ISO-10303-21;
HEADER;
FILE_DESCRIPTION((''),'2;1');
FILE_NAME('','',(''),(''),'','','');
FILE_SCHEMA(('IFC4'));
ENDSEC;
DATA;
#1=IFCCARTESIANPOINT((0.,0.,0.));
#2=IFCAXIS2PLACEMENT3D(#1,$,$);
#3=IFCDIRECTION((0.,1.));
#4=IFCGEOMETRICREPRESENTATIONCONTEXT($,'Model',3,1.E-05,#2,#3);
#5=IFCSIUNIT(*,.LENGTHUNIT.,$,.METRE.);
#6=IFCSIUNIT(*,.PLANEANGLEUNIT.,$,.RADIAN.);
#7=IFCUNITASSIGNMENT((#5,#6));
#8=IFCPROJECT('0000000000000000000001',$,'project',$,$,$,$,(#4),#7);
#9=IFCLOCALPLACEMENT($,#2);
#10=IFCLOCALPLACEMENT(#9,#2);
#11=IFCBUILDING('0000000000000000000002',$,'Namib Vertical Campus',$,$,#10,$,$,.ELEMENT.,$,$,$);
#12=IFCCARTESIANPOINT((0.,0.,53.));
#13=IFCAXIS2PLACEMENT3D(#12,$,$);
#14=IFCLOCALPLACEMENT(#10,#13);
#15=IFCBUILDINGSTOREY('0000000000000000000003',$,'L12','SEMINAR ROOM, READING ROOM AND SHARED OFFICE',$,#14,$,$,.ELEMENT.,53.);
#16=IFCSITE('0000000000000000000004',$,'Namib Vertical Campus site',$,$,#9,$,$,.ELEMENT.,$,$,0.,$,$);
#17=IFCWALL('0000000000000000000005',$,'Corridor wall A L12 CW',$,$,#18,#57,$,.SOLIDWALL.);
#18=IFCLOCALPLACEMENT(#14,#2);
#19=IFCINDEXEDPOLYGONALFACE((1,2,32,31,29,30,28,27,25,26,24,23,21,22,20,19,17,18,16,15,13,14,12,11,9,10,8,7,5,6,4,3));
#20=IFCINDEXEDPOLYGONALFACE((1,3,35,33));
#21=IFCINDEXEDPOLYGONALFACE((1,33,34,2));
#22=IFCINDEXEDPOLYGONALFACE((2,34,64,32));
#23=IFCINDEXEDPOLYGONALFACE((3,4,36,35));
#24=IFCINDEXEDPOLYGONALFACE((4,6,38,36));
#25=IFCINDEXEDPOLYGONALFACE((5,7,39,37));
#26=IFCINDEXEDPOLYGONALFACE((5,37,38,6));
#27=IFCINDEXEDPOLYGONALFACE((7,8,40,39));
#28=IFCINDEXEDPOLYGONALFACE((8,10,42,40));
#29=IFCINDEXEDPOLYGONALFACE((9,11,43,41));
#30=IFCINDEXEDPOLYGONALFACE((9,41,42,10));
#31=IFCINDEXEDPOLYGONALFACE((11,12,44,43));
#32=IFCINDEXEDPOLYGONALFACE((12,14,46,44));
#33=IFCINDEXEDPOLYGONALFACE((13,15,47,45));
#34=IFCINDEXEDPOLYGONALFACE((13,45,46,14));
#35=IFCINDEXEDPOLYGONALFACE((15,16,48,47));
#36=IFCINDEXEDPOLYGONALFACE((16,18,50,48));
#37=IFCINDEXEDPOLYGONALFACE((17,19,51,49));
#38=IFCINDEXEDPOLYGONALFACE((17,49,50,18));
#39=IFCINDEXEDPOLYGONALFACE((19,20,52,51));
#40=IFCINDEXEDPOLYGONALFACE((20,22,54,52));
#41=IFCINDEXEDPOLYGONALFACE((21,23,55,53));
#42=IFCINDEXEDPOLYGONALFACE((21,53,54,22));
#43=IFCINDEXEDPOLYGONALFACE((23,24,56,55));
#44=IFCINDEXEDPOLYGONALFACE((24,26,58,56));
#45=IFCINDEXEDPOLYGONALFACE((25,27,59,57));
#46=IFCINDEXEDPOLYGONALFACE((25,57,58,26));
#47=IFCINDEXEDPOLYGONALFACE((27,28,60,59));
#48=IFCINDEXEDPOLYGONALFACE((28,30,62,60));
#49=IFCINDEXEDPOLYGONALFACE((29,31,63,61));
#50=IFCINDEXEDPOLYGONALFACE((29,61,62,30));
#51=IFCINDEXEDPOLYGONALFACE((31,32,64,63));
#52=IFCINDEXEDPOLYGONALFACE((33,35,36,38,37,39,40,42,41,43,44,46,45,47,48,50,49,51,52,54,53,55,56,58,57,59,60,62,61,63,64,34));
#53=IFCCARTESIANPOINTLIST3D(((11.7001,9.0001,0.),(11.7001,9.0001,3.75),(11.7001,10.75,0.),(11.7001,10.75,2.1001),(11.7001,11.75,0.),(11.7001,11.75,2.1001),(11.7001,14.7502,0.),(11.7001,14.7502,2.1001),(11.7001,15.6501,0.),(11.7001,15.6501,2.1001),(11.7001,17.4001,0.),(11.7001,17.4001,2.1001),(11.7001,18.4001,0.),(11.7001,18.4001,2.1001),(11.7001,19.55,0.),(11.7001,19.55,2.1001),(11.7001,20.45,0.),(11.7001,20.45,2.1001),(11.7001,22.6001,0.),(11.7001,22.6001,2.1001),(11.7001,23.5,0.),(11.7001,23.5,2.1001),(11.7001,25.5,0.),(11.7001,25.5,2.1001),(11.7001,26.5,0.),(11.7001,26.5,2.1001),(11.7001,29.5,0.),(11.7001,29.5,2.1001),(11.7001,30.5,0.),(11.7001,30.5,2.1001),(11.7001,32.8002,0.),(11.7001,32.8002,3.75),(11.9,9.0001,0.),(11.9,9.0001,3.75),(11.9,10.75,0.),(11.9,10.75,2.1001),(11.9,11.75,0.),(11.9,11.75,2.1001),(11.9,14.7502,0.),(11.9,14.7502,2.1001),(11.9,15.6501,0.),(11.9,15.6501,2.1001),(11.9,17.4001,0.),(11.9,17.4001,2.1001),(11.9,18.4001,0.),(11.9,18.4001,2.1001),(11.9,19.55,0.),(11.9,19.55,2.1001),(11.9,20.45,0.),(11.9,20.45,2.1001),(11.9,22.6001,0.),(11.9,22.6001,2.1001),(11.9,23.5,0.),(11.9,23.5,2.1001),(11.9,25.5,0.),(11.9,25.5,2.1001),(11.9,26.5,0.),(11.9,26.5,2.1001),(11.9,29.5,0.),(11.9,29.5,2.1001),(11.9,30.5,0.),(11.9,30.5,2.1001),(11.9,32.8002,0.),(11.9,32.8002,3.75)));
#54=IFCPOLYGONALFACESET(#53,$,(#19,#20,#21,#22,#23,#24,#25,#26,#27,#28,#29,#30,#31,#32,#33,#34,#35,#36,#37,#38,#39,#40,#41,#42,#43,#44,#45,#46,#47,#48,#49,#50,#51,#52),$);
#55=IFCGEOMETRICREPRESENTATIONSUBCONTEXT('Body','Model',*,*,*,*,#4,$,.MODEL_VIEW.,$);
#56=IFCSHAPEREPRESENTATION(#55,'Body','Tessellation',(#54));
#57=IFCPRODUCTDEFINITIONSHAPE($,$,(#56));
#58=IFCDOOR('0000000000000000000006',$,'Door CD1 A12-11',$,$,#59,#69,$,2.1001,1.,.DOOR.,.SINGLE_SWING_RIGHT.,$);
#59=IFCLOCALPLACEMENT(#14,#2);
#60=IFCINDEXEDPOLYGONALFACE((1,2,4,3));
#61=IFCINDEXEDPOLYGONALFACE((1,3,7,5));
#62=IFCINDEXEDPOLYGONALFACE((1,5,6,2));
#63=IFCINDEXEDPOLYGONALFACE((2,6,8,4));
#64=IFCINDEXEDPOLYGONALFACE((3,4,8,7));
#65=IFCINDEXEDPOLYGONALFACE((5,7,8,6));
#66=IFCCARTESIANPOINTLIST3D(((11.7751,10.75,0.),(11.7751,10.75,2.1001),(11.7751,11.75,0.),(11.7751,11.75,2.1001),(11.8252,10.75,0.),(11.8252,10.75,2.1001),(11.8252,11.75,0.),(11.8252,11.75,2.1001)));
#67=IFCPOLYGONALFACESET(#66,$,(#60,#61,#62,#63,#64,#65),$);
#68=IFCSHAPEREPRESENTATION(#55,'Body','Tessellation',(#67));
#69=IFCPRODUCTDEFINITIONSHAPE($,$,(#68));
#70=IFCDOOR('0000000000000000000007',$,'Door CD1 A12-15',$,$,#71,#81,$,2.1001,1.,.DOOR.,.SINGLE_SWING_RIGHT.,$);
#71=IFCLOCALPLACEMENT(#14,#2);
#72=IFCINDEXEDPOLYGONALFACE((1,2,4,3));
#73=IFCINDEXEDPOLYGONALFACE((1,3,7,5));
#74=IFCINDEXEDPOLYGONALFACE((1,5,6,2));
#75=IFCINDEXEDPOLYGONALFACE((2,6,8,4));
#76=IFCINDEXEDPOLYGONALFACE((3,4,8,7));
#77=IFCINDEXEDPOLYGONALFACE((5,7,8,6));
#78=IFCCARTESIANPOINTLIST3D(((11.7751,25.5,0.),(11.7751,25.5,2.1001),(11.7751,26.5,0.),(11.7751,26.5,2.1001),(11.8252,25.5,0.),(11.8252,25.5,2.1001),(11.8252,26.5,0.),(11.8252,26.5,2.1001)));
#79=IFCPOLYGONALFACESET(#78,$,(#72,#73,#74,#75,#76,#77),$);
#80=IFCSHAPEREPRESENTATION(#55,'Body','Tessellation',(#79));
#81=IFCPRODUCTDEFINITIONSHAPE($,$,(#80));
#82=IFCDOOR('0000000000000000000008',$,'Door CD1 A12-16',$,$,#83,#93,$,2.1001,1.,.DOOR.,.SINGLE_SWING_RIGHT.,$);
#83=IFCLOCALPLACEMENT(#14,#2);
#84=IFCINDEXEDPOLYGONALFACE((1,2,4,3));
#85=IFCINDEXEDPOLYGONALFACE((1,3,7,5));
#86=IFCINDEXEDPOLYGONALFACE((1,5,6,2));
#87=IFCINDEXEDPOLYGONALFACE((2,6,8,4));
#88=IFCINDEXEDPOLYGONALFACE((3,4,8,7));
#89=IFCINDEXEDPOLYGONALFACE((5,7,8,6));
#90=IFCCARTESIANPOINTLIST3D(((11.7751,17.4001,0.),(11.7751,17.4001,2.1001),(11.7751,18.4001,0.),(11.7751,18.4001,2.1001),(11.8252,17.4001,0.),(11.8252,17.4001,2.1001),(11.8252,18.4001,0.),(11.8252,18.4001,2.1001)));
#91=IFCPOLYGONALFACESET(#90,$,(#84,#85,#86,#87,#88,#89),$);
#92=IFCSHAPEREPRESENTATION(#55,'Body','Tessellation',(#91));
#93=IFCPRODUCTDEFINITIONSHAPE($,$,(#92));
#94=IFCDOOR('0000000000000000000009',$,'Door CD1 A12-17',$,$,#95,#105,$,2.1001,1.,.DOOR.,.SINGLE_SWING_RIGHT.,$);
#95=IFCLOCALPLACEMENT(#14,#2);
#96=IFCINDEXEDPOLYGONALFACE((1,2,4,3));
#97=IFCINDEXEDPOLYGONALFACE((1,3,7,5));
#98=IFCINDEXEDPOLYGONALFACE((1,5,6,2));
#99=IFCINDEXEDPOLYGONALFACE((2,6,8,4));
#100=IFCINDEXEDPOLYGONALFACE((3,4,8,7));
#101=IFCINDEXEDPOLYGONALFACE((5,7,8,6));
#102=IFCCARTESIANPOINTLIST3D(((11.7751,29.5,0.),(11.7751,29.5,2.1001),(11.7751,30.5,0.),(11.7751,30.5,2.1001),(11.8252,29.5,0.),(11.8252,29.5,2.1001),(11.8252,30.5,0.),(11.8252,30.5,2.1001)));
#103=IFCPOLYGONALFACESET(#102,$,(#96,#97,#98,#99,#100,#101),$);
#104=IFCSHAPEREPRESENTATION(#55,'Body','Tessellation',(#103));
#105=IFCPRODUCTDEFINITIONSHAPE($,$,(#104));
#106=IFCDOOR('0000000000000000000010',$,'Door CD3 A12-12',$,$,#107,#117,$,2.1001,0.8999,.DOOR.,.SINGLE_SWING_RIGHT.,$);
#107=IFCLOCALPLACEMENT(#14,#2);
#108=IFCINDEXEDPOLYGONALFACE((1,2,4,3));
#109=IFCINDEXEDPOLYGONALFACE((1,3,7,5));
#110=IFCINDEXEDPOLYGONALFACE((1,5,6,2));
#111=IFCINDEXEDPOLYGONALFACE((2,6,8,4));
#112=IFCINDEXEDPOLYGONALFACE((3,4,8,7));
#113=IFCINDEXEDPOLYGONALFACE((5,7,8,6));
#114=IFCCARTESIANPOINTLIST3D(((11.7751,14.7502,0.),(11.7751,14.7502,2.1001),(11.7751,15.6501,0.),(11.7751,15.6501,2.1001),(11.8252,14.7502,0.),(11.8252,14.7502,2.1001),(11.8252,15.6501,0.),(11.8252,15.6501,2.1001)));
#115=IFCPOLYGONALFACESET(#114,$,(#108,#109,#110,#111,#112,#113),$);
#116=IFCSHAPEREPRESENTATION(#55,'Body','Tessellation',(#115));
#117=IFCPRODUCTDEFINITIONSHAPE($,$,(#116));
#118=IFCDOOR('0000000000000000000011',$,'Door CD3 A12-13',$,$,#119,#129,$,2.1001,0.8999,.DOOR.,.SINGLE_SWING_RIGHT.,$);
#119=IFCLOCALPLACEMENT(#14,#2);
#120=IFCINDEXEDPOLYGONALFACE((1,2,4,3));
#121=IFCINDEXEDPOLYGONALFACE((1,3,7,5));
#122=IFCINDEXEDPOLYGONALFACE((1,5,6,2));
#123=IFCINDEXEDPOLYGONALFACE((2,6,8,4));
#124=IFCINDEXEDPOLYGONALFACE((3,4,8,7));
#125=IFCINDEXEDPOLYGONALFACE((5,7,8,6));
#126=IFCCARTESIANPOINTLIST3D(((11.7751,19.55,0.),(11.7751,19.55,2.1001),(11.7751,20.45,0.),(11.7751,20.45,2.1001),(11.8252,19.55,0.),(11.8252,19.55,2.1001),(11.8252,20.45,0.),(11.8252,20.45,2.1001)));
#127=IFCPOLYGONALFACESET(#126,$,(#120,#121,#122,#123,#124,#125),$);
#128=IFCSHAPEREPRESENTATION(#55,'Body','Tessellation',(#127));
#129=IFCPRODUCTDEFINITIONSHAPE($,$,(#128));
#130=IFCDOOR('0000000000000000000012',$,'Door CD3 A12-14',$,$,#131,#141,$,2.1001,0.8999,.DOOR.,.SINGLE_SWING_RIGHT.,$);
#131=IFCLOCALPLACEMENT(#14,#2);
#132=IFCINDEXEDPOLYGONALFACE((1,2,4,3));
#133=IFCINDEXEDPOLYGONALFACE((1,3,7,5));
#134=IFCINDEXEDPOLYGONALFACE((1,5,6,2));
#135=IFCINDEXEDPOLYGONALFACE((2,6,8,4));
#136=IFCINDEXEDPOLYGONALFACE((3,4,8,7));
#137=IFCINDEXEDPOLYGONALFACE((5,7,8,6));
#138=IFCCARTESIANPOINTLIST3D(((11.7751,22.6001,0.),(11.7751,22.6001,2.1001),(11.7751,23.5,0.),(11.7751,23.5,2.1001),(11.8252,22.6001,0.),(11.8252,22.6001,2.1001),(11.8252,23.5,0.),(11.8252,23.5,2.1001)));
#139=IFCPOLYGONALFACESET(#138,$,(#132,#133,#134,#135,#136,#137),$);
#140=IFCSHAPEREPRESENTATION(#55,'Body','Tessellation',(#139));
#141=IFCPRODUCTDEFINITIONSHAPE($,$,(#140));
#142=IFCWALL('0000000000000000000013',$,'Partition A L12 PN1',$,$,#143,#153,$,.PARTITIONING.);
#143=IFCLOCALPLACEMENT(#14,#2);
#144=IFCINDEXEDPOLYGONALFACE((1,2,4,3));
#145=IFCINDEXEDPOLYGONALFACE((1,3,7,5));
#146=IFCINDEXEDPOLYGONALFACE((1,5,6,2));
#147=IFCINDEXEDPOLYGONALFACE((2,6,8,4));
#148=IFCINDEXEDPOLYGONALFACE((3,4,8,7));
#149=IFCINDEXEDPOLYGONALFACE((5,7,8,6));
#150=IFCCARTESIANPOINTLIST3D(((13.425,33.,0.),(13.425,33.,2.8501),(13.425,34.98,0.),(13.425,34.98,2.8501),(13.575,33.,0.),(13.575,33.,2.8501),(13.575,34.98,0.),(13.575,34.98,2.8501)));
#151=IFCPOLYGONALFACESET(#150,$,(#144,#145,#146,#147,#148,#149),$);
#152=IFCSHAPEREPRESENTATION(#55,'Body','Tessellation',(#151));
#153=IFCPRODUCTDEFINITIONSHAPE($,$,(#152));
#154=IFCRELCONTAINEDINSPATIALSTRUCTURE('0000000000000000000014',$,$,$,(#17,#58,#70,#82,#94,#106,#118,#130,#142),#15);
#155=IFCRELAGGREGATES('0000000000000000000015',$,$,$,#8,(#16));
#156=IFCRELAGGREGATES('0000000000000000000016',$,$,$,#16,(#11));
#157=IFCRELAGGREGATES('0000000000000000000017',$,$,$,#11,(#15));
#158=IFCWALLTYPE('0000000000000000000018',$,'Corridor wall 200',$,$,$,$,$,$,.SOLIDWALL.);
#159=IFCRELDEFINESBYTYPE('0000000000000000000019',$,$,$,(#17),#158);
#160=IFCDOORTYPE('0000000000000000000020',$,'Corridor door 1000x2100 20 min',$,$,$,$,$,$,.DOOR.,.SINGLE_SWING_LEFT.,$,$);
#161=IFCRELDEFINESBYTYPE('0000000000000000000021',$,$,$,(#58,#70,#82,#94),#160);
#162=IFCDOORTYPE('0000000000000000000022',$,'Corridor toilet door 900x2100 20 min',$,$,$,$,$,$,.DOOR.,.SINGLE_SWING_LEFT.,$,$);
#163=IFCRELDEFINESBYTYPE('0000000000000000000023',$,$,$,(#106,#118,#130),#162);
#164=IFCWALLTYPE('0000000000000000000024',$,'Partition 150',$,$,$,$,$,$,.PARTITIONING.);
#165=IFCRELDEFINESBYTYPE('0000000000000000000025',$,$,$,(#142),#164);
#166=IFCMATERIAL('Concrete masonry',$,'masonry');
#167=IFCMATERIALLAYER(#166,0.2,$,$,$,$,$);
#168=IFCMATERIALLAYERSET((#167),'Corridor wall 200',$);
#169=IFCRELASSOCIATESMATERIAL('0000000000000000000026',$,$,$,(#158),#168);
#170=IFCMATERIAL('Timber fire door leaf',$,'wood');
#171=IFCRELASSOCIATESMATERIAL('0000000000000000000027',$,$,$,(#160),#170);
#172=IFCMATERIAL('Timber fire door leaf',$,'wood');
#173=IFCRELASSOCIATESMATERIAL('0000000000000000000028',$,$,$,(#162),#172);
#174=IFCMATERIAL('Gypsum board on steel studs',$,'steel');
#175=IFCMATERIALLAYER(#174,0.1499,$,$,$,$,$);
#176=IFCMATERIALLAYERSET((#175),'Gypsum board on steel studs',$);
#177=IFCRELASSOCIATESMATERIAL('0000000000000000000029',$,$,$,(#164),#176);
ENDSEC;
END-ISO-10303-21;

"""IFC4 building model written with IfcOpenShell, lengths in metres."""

from ifc_helpers import new_model, si_unit, direction, frame, frame_2d, origin, place, context, subcontext, project, spatial, rectangle, extrude, material, layer, layer_set, type_object, element, fill, save


model = new_model("IFC4")

# Units and contexts
model_context = context("Model", 3, precision=1e-05, world=origin(), true_north=direction((0.0, 1.0)))
body_context = subcontext(model_context, "Body", "Model", "MODEL_VIEW")
ifc_project = project(units=[si_unit("LENGTHUNIT", "METRE"), si_unit("PLANEANGLEUNIT", "RADIAN")], contexts=[model_context])

# Site, building, storey
site_placement = place(None, origin())
site = spatial("IfcSite", under=ifc_project, at=site_placement, Name="Namib Vertical Campus site", CompositionType="ELEMENT", RefElevation=0.0)
building_placement = place(site_placement, origin())
building = spatial("IfcBuilding", under=site, at=building_placement, Name="Namib Vertical Campus", CompositionType="ELEMENT")
storey_placement = place(building_placement, frame((0.0, 0.0, 53.0)))
storey = spatial("IfcBuildingStorey", under=building, at=storey_placement, Name="L12", Description="SEMINAR ROOM, READING ROOM AND SHARED OFFICE", CompositionType="ELEMENT", Elevation=53.0)

# Wall, openings, doors
ifc_material_1 = material(Name="Concrete masonry", Category="masonry")
ifc_layer_1 = layer(ifc_material_1, 0.2)
ifc_layer_set_1 = layer_set([ifc_layer_1], Name="Corridor wall 200")
wall_type_1 = type_object("IfcWallType", Name="Corridor wall 200", PredefinedType="SOLIDWALL", material=ifc_layer_set_1)
wall_1_placement = place(storey_placement, frame((11.8, 32.8, 0.0), z_axis=(0.0, 0.0, 1.0), x_axis=(0.0, -1.0, 0.0)))
wall_1 = element("IfcWall", 1, at=wall_1_placement, inside=storey, type_object=wall_type_1, Name="Corridor wall A L12 CW", PredefinedType="SOLIDWALL", context=body_context, shape_type="SweptSolid", body=[
    extrude(rectangle(XDim=23.8, YDim=0.2, at=frame_2d((11.8999, 0.0))), origin(), (0.0, 0.0, 1.0), 3.75),
])
opening_1_placement = place(wall_1_placement, frame((21.05, 0.0, 0.0)))
opening_1 = element("IfcOpeningElement", 2, at=opening_1_placement, cuts=wall_1, PredefinedType="OPENING", context=body_context, shape_type="SweptSolid", body=[
    extrude(rectangle(XDim=1.0, YDim=2.1001, at=frame_2d((0.5, 1.05))), frame((0.0, 0.1099, 0.0), z_axis=(0.0, -1.0, 0.0), x_axis=(1.0, 0.0, 0.0)), (0.0, 0.0, 1.0), 0.22),
])
opening_2_placement = place(wall_1_placement, frame((17.1499, 0.0, 0.0)))
opening_2 = element("IfcOpeningElement", 3, at=opening_2_placement, cuts=wall_1, PredefinedType="OPENING", context=body_context, shape_type="SweptSolid", body=[
    extrude(rectangle(XDim=0.8999, YDim=2.1001, at=frame_2d((0.45, 1.05))), frame((0.0, 0.1099, 0.0), z_axis=(0.0, -1.0, 0.0), x_axis=(1.0, 0.0, 0.0)), (0.0, 0.0, 1.0), 0.22),
])
opening_3_placement = place(wall_1_placement, frame((12.3501, 0.0, 0.0)))
opening_3 = element("IfcOpeningElement", 4, at=opening_3_placement, cuts=wall_1, PredefinedType="OPENING", context=body_context, shape_type="SweptSolid", body=[
    extrude(rectangle(XDim=0.8999, YDim=2.1001, at=frame_2d((0.45, 1.05))), frame((0.0, 0.1099, 0.0), z_axis=(0.0, -1.0, 0.0), x_axis=(1.0, 0.0, 0.0)), (0.0, 0.0, 1.0), 0.22),
])
opening_4_placement = place(wall_1_placement, frame((9.3, 0.0, 0.0)))
opening_4 = element("IfcOpeningElement", 5, at=opening_4_placement, cuts=wall_1, PredefinedType="OPENING", context=body_context, shape_type="SweptSolid", body=[
    extrude(rectangle(XDim=0.8999, YDim=2.1001, at=frame_2d((0.45, 1.05))), frame((0.0, 0.1099, 0.0), z_axis=(0.0, -1.0, 0.0), x_axis=(1.0, 0.0, 0.0)), (0.0, 0.0, 1.0), 0.22),
])
opening_5_placement = place(wall_1_placement, frame((6.3, 0.0, 0.0)))
opening_5 = element("IfcOpeningElement", 6, at=opening_5_placement, cuts=wall_1, PredefinedType="OPENING", context=body_context, shape_type="SweptSolid", body=[
    extrude(rectangle(XDim=1.0, YDim=2.1001, at=frame_2d((0.5, 1.05))), frame((0.0, 0.1099, 0.0), z_axis=(0.0, -1.0, 0.0), x_axis=(1.0, 0.0, 0.0)), (0.0, 0.0, 1.0), 0.22),
])
opening_6_placement = place(wall_1_placement, frame((14.3999, 0.0, 0.0)))
opening_6 = element("IfcOpeningElement", 7, at=opening_6_placement, cuts=wall_1, PredefinedType="OPENING", context=body_context, shape_type="SweptSolid", body=[
    extrude(rectangle(XDim=1.0, YDim=2.1001, at=frame_2d((0.5, 1.05))), frame((0.0, 0.1099, 0.0), z_axis=(0.0, -1.0, 0.0), x_axis=(1.0, 0.0, 0.0)), (0.0, 0.0, 1.0), 0.22),
])
opening_7_placement = place(wall_1_placement, frame((2.3, 0.0, 0.0)))
opening_7 = element("IfcOpeningElement", 8, at=opening_7_placement, cuts=wall_1, PredefinedType="OPENING", context=body_context, shape_type="SweptSolid", body=[
    extrude(rectangle(XDim=1.0, YDim=2.1001, at=frame_2d((0.5, 1.05))), frame((0.0, 0.1099, 0.0), z_axis=(0.0, -1.0, 0.0), x_axis=(1.0, 0.0, 0.0)), (0.0, 0.0, 1.0), 0.22),
])
ifc_material_2 = material(Name="Timber fire door leaf", Category="wood")
door_type_1 = type_object("IfcDoorType", Name="Corridor door 1000x2100 20 min", OperationType="SINGLE_SWING_LEFT", PredefinedType="DOOR", material=ifc_material_2)
door_1_placement = place(opening_1_placement, frame((1.0, 0.0, 0.0), z_axis=(0.0, 0.0, 1.0), x_axis=(-1.0, 0.0, 0.0)))
door_1 = element("IfcDoor", 9, at=door_1_placement, inside=storey, type_object=door_type_1, Name="Door CD1 A12-11", OperationType="SINGLE_SWING_RIGHT", OverallHeight=2.1001, OverallWidth=1.0, PredefinedType="DOOR", context=body_context, shape_type="SweptSolid", body=[
    extrude(rectangle(XDim=1.0, YDim=2.1001, at=frame_2d((0.5, 1.05))), frame((0.0, 0.0249, 0.0), z_axis=(0.0, -1.0, 0.0), x_axis=(1.0, 0.0, 0.0)), (0.0, 0.0, 1.0), 0.05),
])
fill(opening_1, door_1)
door_2_placement = place(opening_5_placement, frame((1.0, 0.0, 0.0), z_axis=(0.0, 0.0, 1.0), x_axis=(-1.0, 0.0, 0.0)))
door_2 = element("IfcDoor", 10, at=door_2_placement, inside=storey, type_object=door_type_1, Name="Door CD1 A12-15", OperationType="SINGLE_SWING_RIGHT", OverallHeight=2.1001, OverallWidth=1.0, PredefinedType="DOOR", context=body_context, shape_type="SweptSolid", body=[
    extrude(rectangle(XDim=1.0, YDim=2.1001, at=frame_2d((0.5, 1.05))), frame((0.0, 0.0249, 0.0), z_axis=(0.0, -1.0, 0.0), x_axis=(1.0, 0.0, 0.0)), (0.0, 0.0, 1.0), 0.05),
])
fill(opening_5, door_2)
door_3_placement = place(opening_6_placement, frame((1.0, 0.0, 0.0), z_axis=(0.0, 0.0, 1.0), x_axis=(-1.0, 0.0, 0.0)))
door_3 = element("IfcDoor", 11, at=door_3_placement, inside=storey, type_object=door_type_1, Name="Door CD1 A12-16", OperationType="SINGLE_SWING_RIGHT", OverallHeight=2.1001, OverallWidth=1.0, PredefinedType="DOOR", context=body_context, shape_type="SweptSolid", body=[
    extrude(rectangle(XDim=1.0, YDim=2.1001, at=frame_2d((0.5, 1.05))), frame((0.0, 0.0249, 0.0), z_axis=(0.0, -1.0, 0.0), x_axis=(1.0, 0.0, 0.0)), (0.0, 0.0, 1.0), 0.05),
])
fill(opening_6, door_3)
door_4_placement = place(opening_7_placement, frame((1.0, 0.0, 0.0), z_axis=(0.0, 0.0, 1.0), x_axis=(-1.0, 0.0, 0.0)))
door_4 = element("IfcDoor", 12, at=door_4_placement, inside=storey, type_object=door_type_1, Name="Door CD1 A12-17", OperationType="SINGLE_SWING_RIGHT", OverallHeight=2.1001, OverallWidth=1.0, PredefinedType="DOOR", context=body_context, shape_type="SweptSolid", body=[
    extrude(rectangle(XDim=1.0, YDim=2.1001, at=frame_2d((0.5, 1.05))), frame((0.0, 0.0249, 0.0), z_axis=(0.0, -1.0, 0.0), x_axis=(1.0, 0.0, 0.0)), (0.0, 0.0, 1.0), 0.05),
])
fill(opening_7, door_4)
ifc_material_3 = material(Name="Timber fire door leaf", Category="wood")
door_type_2 = type_object("IfcDoorType", Name="Corridor toilet door 900x2100 20 min", OperationType="SINGLE_SWING_LEFT", PredefinedType="DOOR", material=ifc_material_3)
door_5_placement = place(opening_2_placement, frame((0.8999, 0.0, 0.0), z_axis=(0.0, 0.0, 1.0), x_axis=(-1.0, 0.0, 0.0)))
door_5 = element("IfcDoor", 13, at=door_5_placement, inside=storey, type_object=door_type_2, Name="Door CD3 A12-12", OperationType="SINGLE_SWING_RIGHT", OverallHeight=2.1001, OverallWidth=0.8999, PredefinedType="DOOR", context=body_context, shape_type="SweptSolid", body=[
    extrude(rectangle(XDim=0.8999, YDim=2.1001, at=frame_2d((0.45, 1.05))), frame((0.0, 0.0249, 0.0), z_axis=(0.0, -1.0, 0.0), x_axis=(1.0, 0.0, 0.0)), (0.0, 0.0, 1.0), 0.05),
])
fill(opening_2, door_5)
door_6_placement = place(opening_3_placement, frame((0.8999, 0.0, 0.0), z_axis=(0.0, 0.0, 1.0), x_axis=(-1.0, 0.0, 0.0)))
door_6 = element("IfcDoor", 14, at=door_6_placement, inside=storey, type_object=door_type_2, Name="Door CD3 A12-13", OperationType="SINGLE_SWING_RIGHT", OverallHeight=2.1001, OverallWidth=0.8999, PredefinedType="DOOR", context=body_context, shape_type="SweptSolid", body=[
    extrude(rectangle(XDim=0.8999, YDim=2.1001, at=frame_2d((0.45, 1.05))), frame((0.0, 0.0249, 0.0), z_axis=(0.0, -1.0, 0.0), x_axis=(1.0, 0.0, 0.0)), (0.0, 0.0, 1.0), 0.05),
])
fill(opening_3, door_6)
door_7_placement = place(opening_4_placement, frame((0.8999, 0.0, 0.0), z_axis=(0.0, 0.0, 1.0), x_axis=(-1.0, 0.0, 0.0)))
door_7 = element("IfcDoor", 15, at=door_7_placement, inside=storey, type_object=door_type_2, Name="Door CD3 A12-14", OperationType="SINGLE_SWING_RIGHT", OverallHeight=2.1001, OverallWidth=0.8999, PredefinedType="DOOR", context=body_context, shape_type="SweptSolid", body=[
    extrude(rectangle(XDim=0.8999, YDim=2.1001, at=frame_2d((0.45, 1.05))), frame((0.0, 0.0249, 0.0), z_axis=(0.0, -1.0, 0.0), x_axis=(1.0, 0.0, 0.0)), (0.0, 0.0, 1.0), 0.05),
])
fill(opening_4, door_7)

# Wall
ifc_material_4 = material(Name="Gypsum board on steel studs", Category="steel")
ifc_layer_2 = layer(ifc_material_4, 0.1499)
ifc_layer_set_2 = layer_set([ifc_layer_2], Name="Gypsum board on steel studs")
wall_type_2 = type_object("IfcWallType", Name="Partition 150", PredefinedType="PARTITIONING", material=ifc_layer_set_2)
wall_2_placement = place(storey_placement, frame((13.5, 33.0, 0.0), z_axis=(0.0, 0.0, 1.0), x_axis=(0.0, 1.0, 0.0)))
element("IfcWall", 16, at=wall_2_placement, inside=storey, type_object=wall_type_2, Name="Partition A L12 PN1", PredefinedType="PARTITIONING", context=body_context, shape_type="SweptSolid", body=[
    extrude(rectangle(XDim=1.98, YDim=0.1499, at=frame_2d((0.99, 0.0))), origin(), (0.0, 0.0, 1.0), 2.8501),
])

save(model, "model.ifc")
